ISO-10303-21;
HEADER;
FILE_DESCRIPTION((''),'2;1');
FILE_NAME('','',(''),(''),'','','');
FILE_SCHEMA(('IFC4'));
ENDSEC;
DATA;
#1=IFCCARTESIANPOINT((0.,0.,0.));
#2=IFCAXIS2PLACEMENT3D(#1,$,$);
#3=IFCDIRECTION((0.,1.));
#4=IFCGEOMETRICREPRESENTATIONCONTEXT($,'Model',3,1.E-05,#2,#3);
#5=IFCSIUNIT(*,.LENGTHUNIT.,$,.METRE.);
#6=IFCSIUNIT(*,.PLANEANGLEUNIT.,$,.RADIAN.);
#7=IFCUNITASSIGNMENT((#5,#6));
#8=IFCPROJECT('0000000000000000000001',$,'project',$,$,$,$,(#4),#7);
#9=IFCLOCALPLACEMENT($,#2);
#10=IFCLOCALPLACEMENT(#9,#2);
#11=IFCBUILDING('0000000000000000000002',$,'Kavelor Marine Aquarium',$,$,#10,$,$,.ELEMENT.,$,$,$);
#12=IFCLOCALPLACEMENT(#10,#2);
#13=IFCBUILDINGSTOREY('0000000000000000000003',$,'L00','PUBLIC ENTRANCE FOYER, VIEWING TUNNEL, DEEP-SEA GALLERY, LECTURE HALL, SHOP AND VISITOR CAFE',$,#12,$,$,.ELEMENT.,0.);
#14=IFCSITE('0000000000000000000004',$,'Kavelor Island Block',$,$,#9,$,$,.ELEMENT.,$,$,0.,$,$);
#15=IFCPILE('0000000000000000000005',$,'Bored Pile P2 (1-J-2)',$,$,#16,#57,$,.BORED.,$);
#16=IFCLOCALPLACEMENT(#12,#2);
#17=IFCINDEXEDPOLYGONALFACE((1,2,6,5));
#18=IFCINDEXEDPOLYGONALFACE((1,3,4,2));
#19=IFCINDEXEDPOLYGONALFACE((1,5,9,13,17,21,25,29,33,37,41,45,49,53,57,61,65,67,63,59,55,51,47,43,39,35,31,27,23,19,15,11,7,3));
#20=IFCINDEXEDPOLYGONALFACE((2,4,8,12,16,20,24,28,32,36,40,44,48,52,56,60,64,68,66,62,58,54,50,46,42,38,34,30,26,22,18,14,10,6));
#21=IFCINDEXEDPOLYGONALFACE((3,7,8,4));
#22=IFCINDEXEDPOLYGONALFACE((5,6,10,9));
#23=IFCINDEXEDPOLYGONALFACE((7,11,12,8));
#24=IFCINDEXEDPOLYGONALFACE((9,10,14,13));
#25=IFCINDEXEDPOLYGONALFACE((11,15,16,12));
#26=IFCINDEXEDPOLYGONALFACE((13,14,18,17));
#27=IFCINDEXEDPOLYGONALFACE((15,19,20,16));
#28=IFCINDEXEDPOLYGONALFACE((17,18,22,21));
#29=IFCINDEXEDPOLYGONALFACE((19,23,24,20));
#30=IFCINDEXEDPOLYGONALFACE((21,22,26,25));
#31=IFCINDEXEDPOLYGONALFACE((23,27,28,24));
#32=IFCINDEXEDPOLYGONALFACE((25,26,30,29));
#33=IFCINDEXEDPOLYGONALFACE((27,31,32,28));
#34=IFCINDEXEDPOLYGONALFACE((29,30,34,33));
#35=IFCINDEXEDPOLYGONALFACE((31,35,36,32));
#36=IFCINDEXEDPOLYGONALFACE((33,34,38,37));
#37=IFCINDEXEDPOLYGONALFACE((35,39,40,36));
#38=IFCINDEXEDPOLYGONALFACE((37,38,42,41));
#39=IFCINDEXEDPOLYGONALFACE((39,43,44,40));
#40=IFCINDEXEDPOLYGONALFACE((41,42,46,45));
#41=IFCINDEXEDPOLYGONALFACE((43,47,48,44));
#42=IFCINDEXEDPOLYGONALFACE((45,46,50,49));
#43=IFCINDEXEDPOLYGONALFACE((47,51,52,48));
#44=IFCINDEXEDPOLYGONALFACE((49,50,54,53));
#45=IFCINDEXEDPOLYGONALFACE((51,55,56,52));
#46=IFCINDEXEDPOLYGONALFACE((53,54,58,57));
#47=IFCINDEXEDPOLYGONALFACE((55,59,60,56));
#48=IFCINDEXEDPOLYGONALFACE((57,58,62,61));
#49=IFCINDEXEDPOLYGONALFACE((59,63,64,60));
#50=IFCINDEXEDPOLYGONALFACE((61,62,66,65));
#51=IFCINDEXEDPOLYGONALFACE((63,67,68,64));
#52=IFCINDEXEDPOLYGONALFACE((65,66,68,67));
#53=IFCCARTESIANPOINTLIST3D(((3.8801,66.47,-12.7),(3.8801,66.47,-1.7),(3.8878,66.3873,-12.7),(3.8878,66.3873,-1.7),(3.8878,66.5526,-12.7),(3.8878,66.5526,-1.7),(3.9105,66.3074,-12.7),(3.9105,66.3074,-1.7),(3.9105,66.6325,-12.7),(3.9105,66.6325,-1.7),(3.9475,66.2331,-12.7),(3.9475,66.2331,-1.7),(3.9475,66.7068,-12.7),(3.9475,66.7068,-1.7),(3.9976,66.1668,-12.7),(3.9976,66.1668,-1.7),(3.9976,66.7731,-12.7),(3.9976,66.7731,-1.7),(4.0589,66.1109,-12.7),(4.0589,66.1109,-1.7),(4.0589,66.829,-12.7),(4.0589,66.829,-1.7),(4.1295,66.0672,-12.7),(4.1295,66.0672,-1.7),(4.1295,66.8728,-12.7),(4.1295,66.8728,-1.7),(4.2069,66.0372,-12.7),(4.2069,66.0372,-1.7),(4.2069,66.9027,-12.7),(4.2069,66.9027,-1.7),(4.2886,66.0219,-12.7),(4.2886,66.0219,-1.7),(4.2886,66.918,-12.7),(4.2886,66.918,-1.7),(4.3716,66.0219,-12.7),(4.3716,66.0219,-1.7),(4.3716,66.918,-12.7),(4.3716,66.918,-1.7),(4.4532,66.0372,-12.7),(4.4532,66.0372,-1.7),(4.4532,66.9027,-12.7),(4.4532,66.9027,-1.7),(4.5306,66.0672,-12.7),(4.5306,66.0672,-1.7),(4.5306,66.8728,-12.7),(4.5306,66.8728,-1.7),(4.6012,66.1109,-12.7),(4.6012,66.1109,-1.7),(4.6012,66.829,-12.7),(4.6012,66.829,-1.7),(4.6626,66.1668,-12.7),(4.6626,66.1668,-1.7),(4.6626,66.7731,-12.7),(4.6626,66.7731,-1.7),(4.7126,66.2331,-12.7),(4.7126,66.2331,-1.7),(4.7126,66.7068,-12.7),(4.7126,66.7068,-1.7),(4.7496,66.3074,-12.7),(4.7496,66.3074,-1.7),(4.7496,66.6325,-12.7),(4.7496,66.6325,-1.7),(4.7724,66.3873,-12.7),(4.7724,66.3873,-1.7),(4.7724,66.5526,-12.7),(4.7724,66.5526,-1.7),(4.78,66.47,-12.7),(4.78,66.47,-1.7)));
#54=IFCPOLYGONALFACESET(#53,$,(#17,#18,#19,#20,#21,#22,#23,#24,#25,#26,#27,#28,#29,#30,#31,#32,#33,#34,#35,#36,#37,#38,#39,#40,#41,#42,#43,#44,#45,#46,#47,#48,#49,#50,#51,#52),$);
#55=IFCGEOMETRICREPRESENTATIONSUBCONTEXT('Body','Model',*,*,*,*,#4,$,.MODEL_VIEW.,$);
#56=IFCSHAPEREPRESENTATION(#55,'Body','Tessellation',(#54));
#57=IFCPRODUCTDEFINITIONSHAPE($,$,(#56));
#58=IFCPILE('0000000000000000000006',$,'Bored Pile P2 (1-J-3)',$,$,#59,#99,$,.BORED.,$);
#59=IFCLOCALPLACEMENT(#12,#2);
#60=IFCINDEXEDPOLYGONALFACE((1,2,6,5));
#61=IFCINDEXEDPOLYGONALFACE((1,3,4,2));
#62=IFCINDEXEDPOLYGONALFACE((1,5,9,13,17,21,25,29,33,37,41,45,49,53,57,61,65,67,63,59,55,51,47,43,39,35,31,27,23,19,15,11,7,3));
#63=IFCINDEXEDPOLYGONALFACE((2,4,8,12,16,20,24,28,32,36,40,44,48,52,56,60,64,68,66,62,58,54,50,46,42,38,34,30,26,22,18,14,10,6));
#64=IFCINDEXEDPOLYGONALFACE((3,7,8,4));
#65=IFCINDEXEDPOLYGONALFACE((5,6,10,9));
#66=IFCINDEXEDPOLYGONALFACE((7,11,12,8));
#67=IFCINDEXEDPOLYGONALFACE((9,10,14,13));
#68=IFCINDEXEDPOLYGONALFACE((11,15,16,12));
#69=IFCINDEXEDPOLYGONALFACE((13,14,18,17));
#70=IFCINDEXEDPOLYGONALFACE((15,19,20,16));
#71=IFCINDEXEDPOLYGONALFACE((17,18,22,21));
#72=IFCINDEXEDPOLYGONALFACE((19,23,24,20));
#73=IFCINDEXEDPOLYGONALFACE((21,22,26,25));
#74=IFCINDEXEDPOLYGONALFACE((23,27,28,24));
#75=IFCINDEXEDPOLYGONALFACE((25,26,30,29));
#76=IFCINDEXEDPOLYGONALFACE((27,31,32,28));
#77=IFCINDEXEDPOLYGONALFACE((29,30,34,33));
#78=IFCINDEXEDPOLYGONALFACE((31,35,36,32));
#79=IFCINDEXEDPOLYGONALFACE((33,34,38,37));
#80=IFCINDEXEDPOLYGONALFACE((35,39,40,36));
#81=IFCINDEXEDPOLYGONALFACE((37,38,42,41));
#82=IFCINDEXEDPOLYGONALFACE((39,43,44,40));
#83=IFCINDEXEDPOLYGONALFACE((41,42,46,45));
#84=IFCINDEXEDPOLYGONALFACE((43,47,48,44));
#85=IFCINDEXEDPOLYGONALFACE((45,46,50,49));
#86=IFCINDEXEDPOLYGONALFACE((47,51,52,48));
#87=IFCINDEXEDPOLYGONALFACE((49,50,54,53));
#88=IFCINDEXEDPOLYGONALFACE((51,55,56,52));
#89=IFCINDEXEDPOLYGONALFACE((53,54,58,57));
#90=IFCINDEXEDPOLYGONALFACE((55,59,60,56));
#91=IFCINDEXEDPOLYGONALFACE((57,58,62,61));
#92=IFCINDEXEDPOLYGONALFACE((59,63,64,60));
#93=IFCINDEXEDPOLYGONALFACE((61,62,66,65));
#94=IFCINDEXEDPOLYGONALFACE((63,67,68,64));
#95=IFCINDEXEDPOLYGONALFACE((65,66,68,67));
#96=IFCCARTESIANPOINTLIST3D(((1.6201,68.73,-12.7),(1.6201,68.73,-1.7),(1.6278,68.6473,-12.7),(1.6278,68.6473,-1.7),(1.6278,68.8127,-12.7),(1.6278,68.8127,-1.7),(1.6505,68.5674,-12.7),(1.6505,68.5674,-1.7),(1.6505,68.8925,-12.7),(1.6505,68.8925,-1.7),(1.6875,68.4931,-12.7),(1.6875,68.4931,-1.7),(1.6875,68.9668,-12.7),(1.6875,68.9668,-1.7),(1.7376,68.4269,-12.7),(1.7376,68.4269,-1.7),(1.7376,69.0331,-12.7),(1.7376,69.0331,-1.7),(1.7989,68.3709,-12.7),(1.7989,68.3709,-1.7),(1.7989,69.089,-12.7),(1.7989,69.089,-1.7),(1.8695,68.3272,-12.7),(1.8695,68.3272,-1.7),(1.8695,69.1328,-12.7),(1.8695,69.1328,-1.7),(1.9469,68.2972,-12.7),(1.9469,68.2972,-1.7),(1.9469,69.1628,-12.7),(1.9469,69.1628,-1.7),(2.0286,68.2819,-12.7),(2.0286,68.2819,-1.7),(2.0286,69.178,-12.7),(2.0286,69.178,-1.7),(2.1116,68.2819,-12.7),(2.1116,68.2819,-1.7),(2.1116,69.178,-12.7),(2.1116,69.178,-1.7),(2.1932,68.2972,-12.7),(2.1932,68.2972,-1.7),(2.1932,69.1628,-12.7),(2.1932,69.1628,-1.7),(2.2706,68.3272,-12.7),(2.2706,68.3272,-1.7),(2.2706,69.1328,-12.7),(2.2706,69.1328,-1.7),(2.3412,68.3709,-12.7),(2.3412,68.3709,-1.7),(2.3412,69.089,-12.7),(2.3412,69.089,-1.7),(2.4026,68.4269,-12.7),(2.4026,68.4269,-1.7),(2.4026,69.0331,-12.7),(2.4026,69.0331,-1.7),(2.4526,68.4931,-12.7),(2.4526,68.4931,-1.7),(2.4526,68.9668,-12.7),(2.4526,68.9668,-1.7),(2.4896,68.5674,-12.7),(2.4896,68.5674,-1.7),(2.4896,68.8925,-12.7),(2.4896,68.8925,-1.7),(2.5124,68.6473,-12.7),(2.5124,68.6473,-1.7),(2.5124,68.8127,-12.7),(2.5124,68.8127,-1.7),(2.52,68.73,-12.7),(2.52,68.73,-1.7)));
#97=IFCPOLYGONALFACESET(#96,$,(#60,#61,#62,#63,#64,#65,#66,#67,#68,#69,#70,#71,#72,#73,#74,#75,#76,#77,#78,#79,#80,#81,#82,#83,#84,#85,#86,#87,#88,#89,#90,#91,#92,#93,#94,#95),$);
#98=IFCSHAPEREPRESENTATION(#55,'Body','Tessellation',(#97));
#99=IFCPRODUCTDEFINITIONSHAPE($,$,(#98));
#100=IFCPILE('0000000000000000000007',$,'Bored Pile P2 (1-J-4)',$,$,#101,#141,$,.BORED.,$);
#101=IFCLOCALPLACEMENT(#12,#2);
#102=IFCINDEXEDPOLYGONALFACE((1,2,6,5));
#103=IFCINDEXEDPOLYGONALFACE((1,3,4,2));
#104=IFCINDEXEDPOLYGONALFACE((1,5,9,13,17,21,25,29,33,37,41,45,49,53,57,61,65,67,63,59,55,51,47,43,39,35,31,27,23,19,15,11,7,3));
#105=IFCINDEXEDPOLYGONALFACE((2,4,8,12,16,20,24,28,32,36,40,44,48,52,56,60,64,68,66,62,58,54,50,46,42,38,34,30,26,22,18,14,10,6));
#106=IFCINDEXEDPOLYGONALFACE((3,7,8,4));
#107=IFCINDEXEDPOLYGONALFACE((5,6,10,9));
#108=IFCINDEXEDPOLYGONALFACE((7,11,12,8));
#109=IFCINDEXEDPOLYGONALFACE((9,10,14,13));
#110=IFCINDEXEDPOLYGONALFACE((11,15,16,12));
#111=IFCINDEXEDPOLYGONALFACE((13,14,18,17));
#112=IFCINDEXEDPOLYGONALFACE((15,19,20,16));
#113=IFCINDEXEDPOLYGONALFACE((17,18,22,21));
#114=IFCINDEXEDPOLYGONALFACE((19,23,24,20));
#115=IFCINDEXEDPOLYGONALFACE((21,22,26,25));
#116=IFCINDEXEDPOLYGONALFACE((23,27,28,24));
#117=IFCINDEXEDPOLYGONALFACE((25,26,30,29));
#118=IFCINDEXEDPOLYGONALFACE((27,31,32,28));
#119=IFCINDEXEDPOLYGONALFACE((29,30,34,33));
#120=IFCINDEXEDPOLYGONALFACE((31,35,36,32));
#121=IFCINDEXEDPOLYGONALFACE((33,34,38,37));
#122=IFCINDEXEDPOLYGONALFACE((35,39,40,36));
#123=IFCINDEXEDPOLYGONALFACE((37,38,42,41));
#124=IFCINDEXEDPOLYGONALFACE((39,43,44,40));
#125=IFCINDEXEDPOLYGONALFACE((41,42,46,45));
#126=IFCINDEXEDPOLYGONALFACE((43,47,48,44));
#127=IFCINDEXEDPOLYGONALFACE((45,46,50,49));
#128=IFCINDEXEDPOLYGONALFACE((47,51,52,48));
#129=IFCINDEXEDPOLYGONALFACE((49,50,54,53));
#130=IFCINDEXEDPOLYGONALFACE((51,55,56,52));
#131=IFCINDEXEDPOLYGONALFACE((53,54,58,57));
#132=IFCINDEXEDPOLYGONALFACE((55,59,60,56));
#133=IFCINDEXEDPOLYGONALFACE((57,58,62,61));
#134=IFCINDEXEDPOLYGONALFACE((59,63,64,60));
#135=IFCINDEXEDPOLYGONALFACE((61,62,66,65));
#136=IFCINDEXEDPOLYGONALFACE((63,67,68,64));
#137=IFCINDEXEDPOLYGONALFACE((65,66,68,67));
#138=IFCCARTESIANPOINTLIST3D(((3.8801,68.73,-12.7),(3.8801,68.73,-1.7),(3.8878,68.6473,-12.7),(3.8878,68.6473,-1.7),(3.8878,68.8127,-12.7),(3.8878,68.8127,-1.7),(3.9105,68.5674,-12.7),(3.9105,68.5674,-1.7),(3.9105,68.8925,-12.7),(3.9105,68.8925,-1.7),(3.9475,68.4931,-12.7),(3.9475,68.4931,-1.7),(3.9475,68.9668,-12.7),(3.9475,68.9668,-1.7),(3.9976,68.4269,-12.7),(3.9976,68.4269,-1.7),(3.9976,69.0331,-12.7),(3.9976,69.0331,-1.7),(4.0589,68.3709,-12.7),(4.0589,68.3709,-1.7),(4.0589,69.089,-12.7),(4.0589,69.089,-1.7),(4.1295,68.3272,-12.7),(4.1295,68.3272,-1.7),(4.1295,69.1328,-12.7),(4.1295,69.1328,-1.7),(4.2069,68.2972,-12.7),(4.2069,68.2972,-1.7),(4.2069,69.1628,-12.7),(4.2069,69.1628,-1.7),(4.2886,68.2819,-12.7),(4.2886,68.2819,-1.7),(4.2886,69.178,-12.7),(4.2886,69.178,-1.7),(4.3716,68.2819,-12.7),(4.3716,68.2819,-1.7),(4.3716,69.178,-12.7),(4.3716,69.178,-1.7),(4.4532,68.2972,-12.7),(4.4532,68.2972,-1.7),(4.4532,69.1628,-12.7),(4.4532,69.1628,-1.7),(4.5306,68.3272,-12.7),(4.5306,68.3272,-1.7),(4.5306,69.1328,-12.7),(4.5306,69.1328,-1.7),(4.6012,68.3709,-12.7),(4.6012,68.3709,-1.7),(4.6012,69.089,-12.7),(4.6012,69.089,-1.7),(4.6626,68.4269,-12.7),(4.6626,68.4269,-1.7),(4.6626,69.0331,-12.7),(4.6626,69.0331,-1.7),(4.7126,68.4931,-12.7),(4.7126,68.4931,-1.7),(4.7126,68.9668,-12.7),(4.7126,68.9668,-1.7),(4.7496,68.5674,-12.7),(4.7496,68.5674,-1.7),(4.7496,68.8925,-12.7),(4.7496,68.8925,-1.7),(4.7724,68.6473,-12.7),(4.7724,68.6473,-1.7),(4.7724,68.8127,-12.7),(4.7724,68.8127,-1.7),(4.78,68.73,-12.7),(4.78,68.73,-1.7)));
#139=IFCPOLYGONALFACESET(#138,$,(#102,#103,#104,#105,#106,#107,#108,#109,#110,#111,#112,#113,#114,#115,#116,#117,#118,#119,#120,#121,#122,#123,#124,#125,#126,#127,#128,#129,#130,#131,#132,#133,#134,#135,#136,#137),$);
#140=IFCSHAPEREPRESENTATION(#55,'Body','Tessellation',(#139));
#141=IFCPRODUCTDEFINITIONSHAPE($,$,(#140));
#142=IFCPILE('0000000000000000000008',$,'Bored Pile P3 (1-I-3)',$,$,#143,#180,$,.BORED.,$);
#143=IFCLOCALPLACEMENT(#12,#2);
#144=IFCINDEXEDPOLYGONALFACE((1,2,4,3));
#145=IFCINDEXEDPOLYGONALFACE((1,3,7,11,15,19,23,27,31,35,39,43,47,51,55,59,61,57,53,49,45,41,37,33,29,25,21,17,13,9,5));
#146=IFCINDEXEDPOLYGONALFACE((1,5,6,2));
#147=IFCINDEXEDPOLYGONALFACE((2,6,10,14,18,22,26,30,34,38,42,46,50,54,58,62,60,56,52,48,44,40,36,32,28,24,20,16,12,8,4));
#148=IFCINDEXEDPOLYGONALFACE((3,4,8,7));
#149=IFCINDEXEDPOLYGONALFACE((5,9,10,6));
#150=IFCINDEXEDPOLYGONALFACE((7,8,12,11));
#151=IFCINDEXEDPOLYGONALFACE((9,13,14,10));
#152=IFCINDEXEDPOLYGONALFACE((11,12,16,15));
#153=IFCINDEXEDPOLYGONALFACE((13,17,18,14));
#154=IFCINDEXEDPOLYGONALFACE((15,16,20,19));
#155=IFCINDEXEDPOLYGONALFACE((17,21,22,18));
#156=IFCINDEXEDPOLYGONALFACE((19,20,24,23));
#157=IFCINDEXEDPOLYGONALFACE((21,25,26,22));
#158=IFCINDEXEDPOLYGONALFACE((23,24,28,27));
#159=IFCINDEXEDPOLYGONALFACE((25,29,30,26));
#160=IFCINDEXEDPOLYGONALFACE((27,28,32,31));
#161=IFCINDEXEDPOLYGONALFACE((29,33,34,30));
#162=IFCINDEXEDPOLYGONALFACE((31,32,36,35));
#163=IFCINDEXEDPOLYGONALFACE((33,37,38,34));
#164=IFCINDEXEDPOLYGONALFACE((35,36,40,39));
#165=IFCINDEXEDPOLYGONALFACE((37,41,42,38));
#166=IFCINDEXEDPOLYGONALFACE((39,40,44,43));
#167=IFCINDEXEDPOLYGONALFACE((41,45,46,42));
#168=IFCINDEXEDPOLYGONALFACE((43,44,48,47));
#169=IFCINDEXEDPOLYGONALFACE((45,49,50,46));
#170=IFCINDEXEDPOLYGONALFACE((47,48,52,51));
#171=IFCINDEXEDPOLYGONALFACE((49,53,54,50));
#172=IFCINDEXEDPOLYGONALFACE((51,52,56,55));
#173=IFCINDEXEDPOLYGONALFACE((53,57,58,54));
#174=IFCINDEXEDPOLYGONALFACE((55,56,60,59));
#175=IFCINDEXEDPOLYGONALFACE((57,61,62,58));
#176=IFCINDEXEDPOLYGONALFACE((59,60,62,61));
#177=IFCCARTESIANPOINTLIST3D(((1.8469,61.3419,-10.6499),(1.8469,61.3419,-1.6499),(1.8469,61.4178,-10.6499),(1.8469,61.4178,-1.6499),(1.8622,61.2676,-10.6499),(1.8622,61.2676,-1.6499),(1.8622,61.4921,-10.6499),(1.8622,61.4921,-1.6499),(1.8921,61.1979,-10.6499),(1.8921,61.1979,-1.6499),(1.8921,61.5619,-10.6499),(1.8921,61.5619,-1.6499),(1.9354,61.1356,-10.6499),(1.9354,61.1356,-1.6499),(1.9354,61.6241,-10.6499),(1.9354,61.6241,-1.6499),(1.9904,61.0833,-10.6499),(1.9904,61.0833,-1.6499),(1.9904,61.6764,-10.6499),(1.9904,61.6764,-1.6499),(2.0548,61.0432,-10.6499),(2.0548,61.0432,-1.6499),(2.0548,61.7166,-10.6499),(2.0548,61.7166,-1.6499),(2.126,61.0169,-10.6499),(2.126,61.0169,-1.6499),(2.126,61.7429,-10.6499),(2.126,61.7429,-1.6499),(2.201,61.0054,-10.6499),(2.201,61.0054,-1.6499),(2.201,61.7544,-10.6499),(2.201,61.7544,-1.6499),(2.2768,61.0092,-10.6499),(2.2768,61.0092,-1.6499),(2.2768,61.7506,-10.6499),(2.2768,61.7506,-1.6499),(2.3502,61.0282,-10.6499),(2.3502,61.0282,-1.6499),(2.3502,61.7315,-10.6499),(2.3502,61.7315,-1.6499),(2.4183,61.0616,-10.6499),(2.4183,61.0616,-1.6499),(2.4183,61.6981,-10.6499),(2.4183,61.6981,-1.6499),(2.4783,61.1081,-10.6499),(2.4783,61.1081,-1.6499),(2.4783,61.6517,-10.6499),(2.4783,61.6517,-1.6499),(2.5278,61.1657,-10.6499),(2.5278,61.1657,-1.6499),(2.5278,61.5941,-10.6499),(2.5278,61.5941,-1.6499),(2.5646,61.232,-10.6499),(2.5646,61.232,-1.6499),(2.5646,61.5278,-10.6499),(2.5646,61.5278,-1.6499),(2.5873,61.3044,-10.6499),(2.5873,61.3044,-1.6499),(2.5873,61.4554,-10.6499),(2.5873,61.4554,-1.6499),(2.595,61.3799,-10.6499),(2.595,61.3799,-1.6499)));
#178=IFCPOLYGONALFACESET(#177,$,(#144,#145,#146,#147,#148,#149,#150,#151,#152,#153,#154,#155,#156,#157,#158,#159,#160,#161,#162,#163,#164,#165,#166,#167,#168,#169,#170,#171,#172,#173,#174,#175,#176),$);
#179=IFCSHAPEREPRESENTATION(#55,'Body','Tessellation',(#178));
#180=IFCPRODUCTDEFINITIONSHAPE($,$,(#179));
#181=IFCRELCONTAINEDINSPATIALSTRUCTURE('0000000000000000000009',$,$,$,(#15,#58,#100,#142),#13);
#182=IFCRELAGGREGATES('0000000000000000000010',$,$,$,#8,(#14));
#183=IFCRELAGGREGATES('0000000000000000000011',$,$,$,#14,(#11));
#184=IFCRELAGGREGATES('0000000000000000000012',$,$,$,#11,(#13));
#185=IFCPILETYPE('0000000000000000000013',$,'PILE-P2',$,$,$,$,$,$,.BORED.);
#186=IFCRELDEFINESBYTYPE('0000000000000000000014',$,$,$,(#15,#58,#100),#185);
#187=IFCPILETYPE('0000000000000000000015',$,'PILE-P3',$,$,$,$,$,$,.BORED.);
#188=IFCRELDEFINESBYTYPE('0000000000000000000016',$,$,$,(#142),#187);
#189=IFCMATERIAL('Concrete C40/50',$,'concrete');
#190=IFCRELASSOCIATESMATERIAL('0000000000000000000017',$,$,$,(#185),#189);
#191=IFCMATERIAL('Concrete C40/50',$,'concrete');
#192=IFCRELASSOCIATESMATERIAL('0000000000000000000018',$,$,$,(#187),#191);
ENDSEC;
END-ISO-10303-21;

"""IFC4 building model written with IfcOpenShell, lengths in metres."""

from ifc_helpers import new_model, si_unit, direction, frame, origin, origin_2d, place, context, subcontext, project, spatial, circle, extrude, material, material_profile, profile_set, type_object, element, save


model = new_model("IFC4")

# Units and contexts
model_context = context("Model", 3, precision=1e-05, world=origin(), true_north=direction((0.0, 1.0)))
body_context = subcontext(model_context, "Body", "Model", "MODEL_VIEW")
ifc_project = project(units=[si_unit("LENGTHUNIT", "METRE"), si_unit("PLANEANGLEUNIT", "RADIAN")], contexts=[model_context])

# Site, building, storey
site_placement = place(None, origin())
site = spatial("IfcSite", under=ifc_project, at=site_placement, Name="Kavelor Island Block", CompositionType="ELEMENT", RefElevation=0.0)
building_placement = place(site_placement, origin())
building = spatial("IfcBuilding", under=site, at=building_placement, Name="Kavelor Marine Aquarium", CompositionType="ELEMENT")
storey_placement = place(building_placement, origin())
storey = spatial("IfcBuildingStorey", under=building, at=storey_placement, Name="L00", Description="PUBLIC ENTRANCE FOYER, VIEWING TUNNEL, DEEP-SEA GALLERY, LECTURE HALL, SHOP AND VISITOR CAFE", CompositionType="ELEMENT", Elevation=0.0)

# Piles
ifc_material_1 = material(Name="Concrete C40/50", Category="concrete")
ifc_material_profile_1 = material_profile(ifc_material_1, circle(Radius=0.45, at=origin_2d()), Name="PILE D900")
ifc_profile_set_1 = profile_set([ifc_material_profile_1], Name="Concrete C40/50")
pile_type_1 = type_object("IfcPileType", Name="PILE-P2", PredefinedType="BORED", material=ifc_profile_set_1)
for number, where, z_axis, x_axis, name in (
    (1, (4.3301, 66.47, -1.7), (0.0, 0.0, -1.0), (1.0, 0.0, 0.0), "Bored Pile P2 (1-J-2)"),
    (2, (2.0701, 68.73, -1.7), (0.0, 0.0, -1.0), (1.0, 0.0, 0.0), "Bored Pile P2 (1-J-3)"),
    (3, (4.3301, 68.73, -1.7), (0.0, 0.0, -1.0), (1.0, 0.0, 0.0), "Bored Pile P2 (1-J-4)"),
):
    element("IfcPile", number, at=place(storey_placement, frame(where, z_axis=z_axis, x_axis=x_axis)), inside=storey, type_object=pile_type_1, Name=name, PredefinedType="BORED", context=body_context, shape_type="SweptSolid", body=[
        extrude(circle(Radius=0.45, at=origin_2d()), origin(), (0.0, 0.0, 1.0), 11.0),
    ])
ifc_material_2 = material(Name="Concrete C40/50", Category="concrete")
ifc_material_profile_2 = material_profile(ifc_material_2, circle(Radius=0.375, at=origin_2d()), Name="PILE D750")
ifc_profile_set_2 = profile_set([ifc_material_profile_2], Name="Concrete C40/50")
pile_type_2 = type_object("IfcPileType", Name="PILE-P3", PredefinedType="BORED", material=ifc_profile_set_2)
for number, where, z_axis, x_axis, name in (
    (4, (2.22, 61.3799, -1.6499), (0.0, 0.0, -1.0), (1.0, 0.0, 0.0), "Bored Pile P3 (1-I-3)"),
):
    element("IfcPile", number, at=place(storey_placement, frame(where, z_axis=z_axis, x_axis=x_axis)), inside=storey, type_object=pile_type_2, Name=name, PredefinedType="BORED", context=body_context, shape_type="SweptSolid", body=[
        extrude(circle(Radius=0.375, at=origin_2d()), origin(), (0.0, 0.0, 1.0), 9.0),
    ])

save(model, "model.ifc")
